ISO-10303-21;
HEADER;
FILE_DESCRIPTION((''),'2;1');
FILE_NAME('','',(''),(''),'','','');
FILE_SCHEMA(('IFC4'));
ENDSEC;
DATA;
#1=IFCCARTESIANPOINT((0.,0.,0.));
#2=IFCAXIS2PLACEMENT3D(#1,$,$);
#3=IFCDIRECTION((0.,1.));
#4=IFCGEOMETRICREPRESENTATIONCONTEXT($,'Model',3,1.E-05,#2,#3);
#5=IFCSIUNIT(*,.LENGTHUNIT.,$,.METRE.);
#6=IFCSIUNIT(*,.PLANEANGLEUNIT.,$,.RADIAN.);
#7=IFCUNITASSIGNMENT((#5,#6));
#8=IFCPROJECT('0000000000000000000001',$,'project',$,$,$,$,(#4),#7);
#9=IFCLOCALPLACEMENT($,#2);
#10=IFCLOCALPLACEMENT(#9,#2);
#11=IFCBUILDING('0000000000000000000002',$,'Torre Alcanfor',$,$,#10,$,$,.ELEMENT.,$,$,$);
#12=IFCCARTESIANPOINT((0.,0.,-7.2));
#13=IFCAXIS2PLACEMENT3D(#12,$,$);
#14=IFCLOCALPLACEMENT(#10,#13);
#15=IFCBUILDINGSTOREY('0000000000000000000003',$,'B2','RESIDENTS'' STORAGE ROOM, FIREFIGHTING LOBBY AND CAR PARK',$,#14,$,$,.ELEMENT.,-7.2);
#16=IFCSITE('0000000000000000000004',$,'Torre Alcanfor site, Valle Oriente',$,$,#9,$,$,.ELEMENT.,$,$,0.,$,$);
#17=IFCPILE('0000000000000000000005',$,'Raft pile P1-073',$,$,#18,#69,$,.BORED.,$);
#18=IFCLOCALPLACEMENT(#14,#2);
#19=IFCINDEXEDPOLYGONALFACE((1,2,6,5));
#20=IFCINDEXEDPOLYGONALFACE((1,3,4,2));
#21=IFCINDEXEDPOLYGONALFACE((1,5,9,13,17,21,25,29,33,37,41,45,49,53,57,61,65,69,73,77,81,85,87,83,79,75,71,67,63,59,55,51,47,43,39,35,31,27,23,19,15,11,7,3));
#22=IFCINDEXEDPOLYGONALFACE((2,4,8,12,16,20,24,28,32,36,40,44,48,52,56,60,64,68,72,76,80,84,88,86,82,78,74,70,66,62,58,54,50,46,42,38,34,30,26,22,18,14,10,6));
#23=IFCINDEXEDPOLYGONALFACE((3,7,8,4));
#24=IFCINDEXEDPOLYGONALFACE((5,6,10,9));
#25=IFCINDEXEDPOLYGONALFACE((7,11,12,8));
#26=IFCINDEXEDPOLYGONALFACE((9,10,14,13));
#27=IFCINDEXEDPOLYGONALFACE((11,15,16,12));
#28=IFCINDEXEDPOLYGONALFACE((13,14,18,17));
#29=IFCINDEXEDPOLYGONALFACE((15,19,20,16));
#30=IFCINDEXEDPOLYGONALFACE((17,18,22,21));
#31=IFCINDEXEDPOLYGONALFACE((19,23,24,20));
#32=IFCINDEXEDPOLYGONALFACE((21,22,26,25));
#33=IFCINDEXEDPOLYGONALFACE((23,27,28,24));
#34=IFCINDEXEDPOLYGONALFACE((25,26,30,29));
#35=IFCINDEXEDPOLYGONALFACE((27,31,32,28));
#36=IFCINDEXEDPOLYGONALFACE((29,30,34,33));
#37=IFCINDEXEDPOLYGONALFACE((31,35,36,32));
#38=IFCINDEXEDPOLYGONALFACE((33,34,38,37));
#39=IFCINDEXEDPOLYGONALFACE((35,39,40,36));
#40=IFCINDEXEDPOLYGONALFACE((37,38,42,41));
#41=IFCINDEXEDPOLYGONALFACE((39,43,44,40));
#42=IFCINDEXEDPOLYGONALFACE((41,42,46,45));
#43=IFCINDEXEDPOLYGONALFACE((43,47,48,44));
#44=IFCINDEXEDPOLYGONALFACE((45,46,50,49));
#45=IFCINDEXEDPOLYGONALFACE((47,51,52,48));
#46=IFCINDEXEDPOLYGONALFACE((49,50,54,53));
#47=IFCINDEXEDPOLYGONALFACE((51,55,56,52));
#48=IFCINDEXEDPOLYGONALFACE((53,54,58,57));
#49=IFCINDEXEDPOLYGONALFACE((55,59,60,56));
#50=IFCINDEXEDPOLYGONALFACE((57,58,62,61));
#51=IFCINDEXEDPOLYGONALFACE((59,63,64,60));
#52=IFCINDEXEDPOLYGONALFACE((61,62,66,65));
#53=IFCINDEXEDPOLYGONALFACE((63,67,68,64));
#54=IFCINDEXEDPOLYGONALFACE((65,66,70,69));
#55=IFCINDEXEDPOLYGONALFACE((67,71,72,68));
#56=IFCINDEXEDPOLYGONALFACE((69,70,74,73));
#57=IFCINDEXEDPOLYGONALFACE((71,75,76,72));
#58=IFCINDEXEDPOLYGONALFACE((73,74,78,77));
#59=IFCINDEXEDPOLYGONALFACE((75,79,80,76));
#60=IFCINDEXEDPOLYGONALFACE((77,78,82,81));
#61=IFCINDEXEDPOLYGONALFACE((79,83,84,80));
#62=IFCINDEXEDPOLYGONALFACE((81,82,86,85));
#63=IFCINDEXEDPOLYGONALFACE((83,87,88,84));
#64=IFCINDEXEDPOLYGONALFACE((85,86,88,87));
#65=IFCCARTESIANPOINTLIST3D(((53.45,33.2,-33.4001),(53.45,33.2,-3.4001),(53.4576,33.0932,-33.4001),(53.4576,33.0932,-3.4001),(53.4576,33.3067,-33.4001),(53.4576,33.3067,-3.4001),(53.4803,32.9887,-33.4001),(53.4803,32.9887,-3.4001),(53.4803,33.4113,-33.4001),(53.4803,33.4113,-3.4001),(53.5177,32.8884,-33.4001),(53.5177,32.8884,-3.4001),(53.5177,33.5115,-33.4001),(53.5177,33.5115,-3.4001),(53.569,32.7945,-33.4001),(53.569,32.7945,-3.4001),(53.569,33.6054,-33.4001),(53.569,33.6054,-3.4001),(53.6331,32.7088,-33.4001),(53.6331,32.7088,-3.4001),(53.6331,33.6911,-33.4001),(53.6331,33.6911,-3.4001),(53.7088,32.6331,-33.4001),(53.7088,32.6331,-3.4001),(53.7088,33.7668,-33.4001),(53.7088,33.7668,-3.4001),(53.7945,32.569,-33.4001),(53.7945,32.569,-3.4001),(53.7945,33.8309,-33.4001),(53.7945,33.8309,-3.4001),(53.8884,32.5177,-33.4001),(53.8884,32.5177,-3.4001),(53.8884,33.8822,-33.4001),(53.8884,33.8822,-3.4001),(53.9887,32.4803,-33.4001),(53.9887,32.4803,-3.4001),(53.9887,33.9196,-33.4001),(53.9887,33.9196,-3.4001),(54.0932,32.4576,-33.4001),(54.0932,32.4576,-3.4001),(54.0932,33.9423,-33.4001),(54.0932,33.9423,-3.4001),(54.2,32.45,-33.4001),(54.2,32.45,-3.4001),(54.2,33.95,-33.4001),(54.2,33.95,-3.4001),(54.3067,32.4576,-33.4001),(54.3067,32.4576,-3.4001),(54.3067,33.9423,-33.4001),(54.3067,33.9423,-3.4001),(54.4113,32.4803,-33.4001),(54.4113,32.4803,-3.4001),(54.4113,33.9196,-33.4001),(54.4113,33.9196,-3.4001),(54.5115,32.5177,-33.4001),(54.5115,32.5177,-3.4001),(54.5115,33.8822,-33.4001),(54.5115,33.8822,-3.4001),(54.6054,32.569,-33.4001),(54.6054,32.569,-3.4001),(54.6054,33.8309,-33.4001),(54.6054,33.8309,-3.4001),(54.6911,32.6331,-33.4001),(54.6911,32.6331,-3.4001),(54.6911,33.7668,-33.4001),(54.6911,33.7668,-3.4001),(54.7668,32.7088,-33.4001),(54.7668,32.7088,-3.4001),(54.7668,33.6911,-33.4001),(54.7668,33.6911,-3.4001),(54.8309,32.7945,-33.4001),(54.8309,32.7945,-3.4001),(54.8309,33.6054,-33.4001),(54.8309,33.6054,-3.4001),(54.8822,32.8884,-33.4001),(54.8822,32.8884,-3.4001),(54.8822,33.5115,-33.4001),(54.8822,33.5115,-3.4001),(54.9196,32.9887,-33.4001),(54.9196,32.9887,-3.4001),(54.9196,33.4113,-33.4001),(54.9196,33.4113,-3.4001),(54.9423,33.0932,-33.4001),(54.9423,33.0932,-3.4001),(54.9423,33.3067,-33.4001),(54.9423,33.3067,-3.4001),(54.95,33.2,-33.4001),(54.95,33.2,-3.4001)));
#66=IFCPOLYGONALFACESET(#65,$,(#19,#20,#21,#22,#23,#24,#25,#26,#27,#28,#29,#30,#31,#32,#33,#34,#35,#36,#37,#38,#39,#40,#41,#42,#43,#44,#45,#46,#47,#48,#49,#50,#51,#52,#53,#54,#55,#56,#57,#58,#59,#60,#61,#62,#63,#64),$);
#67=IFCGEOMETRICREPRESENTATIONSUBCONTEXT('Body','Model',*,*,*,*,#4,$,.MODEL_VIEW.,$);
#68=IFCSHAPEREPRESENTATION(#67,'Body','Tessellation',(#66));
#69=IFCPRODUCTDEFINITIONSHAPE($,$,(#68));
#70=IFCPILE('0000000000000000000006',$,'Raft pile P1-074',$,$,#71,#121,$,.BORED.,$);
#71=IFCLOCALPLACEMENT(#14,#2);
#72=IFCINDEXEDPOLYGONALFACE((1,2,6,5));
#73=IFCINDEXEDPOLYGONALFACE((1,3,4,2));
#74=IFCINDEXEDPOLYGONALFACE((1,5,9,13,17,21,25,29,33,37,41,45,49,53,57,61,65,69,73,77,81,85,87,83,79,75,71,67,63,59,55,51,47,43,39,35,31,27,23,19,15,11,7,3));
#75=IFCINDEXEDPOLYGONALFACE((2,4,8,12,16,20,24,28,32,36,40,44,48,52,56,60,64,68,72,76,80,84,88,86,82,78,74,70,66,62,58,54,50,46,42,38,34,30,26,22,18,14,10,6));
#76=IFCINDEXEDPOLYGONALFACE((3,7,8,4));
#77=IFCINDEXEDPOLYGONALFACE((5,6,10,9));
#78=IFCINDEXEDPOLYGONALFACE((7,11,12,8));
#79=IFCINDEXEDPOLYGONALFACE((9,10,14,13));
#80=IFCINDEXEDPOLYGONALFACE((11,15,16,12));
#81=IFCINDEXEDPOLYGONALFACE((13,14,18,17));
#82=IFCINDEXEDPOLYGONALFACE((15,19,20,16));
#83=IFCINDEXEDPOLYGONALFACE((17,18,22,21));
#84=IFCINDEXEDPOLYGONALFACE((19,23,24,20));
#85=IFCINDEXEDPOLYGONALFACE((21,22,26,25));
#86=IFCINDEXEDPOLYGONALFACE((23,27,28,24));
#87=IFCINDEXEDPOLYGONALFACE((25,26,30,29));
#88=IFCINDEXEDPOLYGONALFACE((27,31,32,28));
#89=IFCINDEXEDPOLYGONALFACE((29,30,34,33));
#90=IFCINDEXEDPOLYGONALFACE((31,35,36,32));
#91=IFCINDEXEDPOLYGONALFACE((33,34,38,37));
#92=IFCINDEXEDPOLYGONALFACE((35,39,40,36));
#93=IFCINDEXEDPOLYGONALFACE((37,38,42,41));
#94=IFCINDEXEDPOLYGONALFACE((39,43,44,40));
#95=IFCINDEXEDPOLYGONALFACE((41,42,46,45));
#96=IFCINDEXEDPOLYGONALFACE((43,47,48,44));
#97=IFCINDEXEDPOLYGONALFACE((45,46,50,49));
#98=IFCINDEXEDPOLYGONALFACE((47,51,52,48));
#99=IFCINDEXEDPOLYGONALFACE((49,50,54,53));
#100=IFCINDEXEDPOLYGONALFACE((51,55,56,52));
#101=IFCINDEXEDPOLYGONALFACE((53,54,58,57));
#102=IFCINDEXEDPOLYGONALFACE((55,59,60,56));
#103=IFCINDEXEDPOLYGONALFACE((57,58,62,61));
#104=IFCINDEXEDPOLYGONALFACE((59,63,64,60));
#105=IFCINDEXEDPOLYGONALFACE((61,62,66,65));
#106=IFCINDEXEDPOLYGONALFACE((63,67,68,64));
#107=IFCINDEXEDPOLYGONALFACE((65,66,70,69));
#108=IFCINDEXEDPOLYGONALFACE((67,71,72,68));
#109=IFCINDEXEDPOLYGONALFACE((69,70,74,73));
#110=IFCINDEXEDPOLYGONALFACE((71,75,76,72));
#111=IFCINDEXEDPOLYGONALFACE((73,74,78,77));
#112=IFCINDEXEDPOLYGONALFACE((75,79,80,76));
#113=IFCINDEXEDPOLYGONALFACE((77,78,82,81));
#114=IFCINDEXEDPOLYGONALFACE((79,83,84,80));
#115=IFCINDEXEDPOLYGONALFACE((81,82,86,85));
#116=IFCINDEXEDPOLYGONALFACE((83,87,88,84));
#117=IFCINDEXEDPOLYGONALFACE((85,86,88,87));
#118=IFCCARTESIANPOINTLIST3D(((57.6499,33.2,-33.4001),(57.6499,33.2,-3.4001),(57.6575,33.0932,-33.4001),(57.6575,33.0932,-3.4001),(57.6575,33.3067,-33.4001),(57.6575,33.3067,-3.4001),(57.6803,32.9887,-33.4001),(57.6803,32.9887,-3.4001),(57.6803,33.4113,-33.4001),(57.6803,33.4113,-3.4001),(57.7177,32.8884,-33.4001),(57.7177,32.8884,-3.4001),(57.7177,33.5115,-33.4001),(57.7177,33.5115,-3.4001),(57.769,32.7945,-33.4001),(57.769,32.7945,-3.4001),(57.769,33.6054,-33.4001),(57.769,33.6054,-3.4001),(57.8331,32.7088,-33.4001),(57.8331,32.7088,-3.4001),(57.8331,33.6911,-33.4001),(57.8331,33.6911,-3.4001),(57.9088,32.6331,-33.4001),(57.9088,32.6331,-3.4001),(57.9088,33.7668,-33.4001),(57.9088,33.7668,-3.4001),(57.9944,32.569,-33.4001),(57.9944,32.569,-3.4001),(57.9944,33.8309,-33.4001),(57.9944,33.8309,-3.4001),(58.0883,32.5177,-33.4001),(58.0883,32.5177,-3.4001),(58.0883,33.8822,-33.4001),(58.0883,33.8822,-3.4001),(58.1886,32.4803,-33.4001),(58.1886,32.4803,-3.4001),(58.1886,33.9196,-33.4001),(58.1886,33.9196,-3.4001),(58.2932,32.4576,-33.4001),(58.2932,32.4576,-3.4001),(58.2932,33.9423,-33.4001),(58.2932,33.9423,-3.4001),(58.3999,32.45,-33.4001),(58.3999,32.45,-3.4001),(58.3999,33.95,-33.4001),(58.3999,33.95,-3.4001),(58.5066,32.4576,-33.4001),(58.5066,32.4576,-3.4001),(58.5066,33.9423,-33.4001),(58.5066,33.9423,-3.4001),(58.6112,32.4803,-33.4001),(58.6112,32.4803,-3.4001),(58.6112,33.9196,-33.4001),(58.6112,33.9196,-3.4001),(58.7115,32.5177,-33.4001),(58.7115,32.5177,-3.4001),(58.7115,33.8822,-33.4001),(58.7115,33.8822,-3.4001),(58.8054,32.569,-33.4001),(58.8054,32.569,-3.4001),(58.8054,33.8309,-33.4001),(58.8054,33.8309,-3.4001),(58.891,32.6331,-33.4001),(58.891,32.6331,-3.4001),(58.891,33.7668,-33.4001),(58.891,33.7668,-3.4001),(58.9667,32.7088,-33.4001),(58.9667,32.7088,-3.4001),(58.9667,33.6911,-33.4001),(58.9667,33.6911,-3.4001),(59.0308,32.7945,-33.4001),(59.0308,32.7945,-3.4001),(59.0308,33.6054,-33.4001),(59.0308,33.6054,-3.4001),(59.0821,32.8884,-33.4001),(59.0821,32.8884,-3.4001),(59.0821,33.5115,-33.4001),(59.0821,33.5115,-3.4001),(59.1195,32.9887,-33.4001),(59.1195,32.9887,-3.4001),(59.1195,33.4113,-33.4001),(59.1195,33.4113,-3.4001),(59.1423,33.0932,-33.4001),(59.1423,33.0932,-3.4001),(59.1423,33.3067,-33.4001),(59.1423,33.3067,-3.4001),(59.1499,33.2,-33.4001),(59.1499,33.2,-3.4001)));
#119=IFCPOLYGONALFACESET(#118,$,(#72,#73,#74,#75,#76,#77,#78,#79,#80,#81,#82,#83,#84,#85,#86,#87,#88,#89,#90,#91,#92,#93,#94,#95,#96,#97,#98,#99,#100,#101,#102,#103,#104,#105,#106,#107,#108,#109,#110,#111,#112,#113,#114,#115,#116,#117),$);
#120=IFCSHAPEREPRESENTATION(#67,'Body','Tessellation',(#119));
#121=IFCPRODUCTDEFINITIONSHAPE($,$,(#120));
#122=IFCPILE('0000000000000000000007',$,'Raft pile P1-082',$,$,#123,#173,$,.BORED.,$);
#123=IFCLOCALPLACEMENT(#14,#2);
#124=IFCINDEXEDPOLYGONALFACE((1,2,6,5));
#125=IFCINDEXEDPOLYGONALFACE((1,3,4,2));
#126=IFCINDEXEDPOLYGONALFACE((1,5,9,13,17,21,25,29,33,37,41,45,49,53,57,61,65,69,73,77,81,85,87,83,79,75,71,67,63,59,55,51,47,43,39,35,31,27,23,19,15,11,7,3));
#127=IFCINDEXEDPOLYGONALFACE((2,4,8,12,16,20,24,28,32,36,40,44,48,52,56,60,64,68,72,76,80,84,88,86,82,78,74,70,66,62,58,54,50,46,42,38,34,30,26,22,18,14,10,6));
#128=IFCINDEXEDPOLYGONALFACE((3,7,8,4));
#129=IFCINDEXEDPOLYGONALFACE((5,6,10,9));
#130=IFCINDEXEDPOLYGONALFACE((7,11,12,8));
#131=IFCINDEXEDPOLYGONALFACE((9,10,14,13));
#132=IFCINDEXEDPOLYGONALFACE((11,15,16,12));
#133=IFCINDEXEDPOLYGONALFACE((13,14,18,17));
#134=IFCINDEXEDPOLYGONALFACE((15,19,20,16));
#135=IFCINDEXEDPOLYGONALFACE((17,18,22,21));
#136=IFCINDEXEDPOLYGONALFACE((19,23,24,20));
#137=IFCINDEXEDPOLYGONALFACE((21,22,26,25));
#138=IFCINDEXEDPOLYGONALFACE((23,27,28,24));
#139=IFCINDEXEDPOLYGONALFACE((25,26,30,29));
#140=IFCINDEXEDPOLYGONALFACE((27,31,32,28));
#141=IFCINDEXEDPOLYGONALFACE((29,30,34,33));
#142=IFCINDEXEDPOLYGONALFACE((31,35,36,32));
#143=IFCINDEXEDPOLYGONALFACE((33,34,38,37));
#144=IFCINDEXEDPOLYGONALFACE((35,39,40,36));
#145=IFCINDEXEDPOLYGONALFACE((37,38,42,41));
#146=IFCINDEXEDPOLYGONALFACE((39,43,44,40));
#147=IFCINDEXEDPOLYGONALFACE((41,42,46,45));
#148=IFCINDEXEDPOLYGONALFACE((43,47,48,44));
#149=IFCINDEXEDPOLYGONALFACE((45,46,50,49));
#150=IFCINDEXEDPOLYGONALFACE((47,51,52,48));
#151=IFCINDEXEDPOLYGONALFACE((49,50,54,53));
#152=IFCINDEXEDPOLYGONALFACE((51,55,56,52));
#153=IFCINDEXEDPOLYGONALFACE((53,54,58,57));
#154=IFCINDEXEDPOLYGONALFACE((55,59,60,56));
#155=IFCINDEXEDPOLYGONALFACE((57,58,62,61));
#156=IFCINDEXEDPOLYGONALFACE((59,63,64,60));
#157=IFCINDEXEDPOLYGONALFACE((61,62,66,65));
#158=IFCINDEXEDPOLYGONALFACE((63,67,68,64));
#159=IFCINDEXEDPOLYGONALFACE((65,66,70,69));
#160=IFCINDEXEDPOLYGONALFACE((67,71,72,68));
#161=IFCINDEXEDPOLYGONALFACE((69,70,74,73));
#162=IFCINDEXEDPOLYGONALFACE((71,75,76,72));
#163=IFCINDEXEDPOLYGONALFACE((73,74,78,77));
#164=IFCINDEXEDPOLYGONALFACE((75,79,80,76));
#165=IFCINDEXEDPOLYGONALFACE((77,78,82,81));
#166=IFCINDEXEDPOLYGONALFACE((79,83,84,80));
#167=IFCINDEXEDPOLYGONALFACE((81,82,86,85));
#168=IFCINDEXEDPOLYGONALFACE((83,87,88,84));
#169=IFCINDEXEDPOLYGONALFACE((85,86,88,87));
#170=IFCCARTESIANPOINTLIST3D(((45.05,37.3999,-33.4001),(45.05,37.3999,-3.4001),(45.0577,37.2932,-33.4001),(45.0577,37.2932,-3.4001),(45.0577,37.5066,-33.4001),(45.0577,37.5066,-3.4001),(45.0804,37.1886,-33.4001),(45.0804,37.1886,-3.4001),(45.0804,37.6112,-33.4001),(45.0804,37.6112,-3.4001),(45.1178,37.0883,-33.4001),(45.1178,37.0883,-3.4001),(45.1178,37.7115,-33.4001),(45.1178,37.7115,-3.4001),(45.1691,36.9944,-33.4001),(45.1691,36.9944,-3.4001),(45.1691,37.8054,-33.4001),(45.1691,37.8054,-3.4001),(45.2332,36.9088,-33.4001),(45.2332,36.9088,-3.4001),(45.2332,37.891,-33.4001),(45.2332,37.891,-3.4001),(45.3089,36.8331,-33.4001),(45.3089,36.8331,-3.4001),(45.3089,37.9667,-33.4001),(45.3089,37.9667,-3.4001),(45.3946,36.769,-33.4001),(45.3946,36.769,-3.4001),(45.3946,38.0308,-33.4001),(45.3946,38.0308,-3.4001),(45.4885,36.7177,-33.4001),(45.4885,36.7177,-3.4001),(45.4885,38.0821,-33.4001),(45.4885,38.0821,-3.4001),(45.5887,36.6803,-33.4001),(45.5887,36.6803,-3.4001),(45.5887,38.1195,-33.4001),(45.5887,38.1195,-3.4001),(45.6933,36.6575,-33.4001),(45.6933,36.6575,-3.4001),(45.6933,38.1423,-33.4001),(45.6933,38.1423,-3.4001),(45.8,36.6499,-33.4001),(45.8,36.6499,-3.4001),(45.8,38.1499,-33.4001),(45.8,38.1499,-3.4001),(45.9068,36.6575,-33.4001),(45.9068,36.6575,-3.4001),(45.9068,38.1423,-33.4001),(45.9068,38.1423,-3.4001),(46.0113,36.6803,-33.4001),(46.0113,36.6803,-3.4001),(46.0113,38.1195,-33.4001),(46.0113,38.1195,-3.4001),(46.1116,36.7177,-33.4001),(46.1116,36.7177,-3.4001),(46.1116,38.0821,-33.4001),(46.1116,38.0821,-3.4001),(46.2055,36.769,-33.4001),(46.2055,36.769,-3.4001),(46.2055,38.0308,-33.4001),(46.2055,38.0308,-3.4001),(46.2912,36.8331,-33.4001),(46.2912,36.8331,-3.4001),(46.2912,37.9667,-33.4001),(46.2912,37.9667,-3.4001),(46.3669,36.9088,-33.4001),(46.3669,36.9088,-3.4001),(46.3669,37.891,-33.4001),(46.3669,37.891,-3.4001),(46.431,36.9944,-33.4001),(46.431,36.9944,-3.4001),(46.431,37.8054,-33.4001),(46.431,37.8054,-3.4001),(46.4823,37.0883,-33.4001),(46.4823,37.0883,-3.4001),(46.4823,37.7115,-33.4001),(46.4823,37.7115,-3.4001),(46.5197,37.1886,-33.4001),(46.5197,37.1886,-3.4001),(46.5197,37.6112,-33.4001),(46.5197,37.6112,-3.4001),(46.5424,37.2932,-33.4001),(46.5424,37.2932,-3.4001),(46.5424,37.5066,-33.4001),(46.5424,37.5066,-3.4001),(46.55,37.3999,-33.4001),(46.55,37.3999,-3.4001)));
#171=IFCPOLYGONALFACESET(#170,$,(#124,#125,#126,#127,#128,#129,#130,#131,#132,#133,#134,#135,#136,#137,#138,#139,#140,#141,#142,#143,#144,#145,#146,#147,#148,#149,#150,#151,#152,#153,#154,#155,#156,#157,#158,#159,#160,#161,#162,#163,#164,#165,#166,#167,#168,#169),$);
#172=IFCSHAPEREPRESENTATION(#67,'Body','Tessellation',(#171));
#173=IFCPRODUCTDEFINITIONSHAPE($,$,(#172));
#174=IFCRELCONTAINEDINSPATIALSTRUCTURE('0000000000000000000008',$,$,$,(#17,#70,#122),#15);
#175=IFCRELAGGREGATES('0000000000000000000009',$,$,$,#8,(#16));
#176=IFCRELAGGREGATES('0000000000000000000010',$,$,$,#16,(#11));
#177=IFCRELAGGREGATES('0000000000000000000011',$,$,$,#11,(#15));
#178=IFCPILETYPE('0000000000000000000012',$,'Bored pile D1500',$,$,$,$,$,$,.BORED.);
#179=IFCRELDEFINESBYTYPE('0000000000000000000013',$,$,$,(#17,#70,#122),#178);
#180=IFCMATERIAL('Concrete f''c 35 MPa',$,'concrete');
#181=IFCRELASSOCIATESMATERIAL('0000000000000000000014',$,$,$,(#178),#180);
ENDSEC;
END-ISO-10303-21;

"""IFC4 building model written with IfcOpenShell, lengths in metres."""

from ifc_helpers import new_model, si_unit, direction, frame, origin, origin_2d, place, context, subcontext, project, spatial, circle, extrude, material, material_profile, profile_set, type_object, element, save


model = new_model("IFC4")

# Units and contexts
model_context = context("Model", 3, precision=1e-05, world=origin(), true_north=direction((0.0, 1.0)))
body_context = subcontext(model_context, "Body", "Model", "MODEL_VIEW")
ifc_project = project(units=[si_unit("LENGTHUNIT", "METRE"), si_unit("PLANEANGLEUNIT", "RADIAN")], contexts=[model_context])

# Site, building, storey
site_placement = place(None, origin())
site = spatial("IfcSite", under=ifc_project, at=site_placement, Name="Torre Alcanfor site, Valle Oriente", CompositionType="ELEMENT", RefElevation=0.0)
building_placement = place(site_placement, origin())
building = spatial("IfcBuilding", under=site, at=building_placement, Name="Torre Alcanfor", CompositionType="ELEMENT")
storey_placement = place(building_placement, frame((0.0, 0.0, -7.2)))
storey = spatial("IfcBuildingStorey", under=building, at=storey_placement, Name="B2", Description="RESIDENTS' STORAGE ROOM, FIREFIGHTING LOBBY AND CAR PARK", CompositionType="ELEMENT", Elevation=-7.2)

# Piles
ifc_material_1 = material(Name="Concrete f'c 35 MPa", Category="concrete")
ifc_material_profile_1 = material_profile(ifc_material_1, circle(Radius=0.75, at=origin_2d()), Name="D1500")
ifc_profile_set_1 = profile_set([ifc_material_profile_1], Name="Concrete f'c 35 MPa")
pile_type = type_object("IfcPileType", Name="Bored pile D1500", PredefinedType="BORED", material=ifc_profile_set_1)
for number, where, z_axis, x_axis, name in (
    (1, (54.2, 33.2, -3.4001), (0.0, 0.0, -1.0), (1.0, 0.0, 0.0), "Raft pile P1-073"),
    (2, (58.3999, 33.2, -3.4001), (0.0, 0.0, -1.0), (1.0, 0.0, 0.0), "Raft pile P1-074"),
    (3, (45.8, 37.3999, -3.4001), (0.0, 0.0, -1.0), (1.0, 0.0, 0.0), "Raft pile P1-082"),
):
    element("IfcPile", number, at=place(storey_placement, frame(where, z_axis=z_axis, x_axis=x_axis)), inside=storey, type_object=pile_type, Name=name, PredefinedType="BORED", context=body_context, shape_type="SweptSolid", body=[
        extrude(circle(Radius=0.75, at=origin_2d()), origin(), (0.0, 0.0, 1.0), 30.0),
    ])

save(model, "model.ifc")
